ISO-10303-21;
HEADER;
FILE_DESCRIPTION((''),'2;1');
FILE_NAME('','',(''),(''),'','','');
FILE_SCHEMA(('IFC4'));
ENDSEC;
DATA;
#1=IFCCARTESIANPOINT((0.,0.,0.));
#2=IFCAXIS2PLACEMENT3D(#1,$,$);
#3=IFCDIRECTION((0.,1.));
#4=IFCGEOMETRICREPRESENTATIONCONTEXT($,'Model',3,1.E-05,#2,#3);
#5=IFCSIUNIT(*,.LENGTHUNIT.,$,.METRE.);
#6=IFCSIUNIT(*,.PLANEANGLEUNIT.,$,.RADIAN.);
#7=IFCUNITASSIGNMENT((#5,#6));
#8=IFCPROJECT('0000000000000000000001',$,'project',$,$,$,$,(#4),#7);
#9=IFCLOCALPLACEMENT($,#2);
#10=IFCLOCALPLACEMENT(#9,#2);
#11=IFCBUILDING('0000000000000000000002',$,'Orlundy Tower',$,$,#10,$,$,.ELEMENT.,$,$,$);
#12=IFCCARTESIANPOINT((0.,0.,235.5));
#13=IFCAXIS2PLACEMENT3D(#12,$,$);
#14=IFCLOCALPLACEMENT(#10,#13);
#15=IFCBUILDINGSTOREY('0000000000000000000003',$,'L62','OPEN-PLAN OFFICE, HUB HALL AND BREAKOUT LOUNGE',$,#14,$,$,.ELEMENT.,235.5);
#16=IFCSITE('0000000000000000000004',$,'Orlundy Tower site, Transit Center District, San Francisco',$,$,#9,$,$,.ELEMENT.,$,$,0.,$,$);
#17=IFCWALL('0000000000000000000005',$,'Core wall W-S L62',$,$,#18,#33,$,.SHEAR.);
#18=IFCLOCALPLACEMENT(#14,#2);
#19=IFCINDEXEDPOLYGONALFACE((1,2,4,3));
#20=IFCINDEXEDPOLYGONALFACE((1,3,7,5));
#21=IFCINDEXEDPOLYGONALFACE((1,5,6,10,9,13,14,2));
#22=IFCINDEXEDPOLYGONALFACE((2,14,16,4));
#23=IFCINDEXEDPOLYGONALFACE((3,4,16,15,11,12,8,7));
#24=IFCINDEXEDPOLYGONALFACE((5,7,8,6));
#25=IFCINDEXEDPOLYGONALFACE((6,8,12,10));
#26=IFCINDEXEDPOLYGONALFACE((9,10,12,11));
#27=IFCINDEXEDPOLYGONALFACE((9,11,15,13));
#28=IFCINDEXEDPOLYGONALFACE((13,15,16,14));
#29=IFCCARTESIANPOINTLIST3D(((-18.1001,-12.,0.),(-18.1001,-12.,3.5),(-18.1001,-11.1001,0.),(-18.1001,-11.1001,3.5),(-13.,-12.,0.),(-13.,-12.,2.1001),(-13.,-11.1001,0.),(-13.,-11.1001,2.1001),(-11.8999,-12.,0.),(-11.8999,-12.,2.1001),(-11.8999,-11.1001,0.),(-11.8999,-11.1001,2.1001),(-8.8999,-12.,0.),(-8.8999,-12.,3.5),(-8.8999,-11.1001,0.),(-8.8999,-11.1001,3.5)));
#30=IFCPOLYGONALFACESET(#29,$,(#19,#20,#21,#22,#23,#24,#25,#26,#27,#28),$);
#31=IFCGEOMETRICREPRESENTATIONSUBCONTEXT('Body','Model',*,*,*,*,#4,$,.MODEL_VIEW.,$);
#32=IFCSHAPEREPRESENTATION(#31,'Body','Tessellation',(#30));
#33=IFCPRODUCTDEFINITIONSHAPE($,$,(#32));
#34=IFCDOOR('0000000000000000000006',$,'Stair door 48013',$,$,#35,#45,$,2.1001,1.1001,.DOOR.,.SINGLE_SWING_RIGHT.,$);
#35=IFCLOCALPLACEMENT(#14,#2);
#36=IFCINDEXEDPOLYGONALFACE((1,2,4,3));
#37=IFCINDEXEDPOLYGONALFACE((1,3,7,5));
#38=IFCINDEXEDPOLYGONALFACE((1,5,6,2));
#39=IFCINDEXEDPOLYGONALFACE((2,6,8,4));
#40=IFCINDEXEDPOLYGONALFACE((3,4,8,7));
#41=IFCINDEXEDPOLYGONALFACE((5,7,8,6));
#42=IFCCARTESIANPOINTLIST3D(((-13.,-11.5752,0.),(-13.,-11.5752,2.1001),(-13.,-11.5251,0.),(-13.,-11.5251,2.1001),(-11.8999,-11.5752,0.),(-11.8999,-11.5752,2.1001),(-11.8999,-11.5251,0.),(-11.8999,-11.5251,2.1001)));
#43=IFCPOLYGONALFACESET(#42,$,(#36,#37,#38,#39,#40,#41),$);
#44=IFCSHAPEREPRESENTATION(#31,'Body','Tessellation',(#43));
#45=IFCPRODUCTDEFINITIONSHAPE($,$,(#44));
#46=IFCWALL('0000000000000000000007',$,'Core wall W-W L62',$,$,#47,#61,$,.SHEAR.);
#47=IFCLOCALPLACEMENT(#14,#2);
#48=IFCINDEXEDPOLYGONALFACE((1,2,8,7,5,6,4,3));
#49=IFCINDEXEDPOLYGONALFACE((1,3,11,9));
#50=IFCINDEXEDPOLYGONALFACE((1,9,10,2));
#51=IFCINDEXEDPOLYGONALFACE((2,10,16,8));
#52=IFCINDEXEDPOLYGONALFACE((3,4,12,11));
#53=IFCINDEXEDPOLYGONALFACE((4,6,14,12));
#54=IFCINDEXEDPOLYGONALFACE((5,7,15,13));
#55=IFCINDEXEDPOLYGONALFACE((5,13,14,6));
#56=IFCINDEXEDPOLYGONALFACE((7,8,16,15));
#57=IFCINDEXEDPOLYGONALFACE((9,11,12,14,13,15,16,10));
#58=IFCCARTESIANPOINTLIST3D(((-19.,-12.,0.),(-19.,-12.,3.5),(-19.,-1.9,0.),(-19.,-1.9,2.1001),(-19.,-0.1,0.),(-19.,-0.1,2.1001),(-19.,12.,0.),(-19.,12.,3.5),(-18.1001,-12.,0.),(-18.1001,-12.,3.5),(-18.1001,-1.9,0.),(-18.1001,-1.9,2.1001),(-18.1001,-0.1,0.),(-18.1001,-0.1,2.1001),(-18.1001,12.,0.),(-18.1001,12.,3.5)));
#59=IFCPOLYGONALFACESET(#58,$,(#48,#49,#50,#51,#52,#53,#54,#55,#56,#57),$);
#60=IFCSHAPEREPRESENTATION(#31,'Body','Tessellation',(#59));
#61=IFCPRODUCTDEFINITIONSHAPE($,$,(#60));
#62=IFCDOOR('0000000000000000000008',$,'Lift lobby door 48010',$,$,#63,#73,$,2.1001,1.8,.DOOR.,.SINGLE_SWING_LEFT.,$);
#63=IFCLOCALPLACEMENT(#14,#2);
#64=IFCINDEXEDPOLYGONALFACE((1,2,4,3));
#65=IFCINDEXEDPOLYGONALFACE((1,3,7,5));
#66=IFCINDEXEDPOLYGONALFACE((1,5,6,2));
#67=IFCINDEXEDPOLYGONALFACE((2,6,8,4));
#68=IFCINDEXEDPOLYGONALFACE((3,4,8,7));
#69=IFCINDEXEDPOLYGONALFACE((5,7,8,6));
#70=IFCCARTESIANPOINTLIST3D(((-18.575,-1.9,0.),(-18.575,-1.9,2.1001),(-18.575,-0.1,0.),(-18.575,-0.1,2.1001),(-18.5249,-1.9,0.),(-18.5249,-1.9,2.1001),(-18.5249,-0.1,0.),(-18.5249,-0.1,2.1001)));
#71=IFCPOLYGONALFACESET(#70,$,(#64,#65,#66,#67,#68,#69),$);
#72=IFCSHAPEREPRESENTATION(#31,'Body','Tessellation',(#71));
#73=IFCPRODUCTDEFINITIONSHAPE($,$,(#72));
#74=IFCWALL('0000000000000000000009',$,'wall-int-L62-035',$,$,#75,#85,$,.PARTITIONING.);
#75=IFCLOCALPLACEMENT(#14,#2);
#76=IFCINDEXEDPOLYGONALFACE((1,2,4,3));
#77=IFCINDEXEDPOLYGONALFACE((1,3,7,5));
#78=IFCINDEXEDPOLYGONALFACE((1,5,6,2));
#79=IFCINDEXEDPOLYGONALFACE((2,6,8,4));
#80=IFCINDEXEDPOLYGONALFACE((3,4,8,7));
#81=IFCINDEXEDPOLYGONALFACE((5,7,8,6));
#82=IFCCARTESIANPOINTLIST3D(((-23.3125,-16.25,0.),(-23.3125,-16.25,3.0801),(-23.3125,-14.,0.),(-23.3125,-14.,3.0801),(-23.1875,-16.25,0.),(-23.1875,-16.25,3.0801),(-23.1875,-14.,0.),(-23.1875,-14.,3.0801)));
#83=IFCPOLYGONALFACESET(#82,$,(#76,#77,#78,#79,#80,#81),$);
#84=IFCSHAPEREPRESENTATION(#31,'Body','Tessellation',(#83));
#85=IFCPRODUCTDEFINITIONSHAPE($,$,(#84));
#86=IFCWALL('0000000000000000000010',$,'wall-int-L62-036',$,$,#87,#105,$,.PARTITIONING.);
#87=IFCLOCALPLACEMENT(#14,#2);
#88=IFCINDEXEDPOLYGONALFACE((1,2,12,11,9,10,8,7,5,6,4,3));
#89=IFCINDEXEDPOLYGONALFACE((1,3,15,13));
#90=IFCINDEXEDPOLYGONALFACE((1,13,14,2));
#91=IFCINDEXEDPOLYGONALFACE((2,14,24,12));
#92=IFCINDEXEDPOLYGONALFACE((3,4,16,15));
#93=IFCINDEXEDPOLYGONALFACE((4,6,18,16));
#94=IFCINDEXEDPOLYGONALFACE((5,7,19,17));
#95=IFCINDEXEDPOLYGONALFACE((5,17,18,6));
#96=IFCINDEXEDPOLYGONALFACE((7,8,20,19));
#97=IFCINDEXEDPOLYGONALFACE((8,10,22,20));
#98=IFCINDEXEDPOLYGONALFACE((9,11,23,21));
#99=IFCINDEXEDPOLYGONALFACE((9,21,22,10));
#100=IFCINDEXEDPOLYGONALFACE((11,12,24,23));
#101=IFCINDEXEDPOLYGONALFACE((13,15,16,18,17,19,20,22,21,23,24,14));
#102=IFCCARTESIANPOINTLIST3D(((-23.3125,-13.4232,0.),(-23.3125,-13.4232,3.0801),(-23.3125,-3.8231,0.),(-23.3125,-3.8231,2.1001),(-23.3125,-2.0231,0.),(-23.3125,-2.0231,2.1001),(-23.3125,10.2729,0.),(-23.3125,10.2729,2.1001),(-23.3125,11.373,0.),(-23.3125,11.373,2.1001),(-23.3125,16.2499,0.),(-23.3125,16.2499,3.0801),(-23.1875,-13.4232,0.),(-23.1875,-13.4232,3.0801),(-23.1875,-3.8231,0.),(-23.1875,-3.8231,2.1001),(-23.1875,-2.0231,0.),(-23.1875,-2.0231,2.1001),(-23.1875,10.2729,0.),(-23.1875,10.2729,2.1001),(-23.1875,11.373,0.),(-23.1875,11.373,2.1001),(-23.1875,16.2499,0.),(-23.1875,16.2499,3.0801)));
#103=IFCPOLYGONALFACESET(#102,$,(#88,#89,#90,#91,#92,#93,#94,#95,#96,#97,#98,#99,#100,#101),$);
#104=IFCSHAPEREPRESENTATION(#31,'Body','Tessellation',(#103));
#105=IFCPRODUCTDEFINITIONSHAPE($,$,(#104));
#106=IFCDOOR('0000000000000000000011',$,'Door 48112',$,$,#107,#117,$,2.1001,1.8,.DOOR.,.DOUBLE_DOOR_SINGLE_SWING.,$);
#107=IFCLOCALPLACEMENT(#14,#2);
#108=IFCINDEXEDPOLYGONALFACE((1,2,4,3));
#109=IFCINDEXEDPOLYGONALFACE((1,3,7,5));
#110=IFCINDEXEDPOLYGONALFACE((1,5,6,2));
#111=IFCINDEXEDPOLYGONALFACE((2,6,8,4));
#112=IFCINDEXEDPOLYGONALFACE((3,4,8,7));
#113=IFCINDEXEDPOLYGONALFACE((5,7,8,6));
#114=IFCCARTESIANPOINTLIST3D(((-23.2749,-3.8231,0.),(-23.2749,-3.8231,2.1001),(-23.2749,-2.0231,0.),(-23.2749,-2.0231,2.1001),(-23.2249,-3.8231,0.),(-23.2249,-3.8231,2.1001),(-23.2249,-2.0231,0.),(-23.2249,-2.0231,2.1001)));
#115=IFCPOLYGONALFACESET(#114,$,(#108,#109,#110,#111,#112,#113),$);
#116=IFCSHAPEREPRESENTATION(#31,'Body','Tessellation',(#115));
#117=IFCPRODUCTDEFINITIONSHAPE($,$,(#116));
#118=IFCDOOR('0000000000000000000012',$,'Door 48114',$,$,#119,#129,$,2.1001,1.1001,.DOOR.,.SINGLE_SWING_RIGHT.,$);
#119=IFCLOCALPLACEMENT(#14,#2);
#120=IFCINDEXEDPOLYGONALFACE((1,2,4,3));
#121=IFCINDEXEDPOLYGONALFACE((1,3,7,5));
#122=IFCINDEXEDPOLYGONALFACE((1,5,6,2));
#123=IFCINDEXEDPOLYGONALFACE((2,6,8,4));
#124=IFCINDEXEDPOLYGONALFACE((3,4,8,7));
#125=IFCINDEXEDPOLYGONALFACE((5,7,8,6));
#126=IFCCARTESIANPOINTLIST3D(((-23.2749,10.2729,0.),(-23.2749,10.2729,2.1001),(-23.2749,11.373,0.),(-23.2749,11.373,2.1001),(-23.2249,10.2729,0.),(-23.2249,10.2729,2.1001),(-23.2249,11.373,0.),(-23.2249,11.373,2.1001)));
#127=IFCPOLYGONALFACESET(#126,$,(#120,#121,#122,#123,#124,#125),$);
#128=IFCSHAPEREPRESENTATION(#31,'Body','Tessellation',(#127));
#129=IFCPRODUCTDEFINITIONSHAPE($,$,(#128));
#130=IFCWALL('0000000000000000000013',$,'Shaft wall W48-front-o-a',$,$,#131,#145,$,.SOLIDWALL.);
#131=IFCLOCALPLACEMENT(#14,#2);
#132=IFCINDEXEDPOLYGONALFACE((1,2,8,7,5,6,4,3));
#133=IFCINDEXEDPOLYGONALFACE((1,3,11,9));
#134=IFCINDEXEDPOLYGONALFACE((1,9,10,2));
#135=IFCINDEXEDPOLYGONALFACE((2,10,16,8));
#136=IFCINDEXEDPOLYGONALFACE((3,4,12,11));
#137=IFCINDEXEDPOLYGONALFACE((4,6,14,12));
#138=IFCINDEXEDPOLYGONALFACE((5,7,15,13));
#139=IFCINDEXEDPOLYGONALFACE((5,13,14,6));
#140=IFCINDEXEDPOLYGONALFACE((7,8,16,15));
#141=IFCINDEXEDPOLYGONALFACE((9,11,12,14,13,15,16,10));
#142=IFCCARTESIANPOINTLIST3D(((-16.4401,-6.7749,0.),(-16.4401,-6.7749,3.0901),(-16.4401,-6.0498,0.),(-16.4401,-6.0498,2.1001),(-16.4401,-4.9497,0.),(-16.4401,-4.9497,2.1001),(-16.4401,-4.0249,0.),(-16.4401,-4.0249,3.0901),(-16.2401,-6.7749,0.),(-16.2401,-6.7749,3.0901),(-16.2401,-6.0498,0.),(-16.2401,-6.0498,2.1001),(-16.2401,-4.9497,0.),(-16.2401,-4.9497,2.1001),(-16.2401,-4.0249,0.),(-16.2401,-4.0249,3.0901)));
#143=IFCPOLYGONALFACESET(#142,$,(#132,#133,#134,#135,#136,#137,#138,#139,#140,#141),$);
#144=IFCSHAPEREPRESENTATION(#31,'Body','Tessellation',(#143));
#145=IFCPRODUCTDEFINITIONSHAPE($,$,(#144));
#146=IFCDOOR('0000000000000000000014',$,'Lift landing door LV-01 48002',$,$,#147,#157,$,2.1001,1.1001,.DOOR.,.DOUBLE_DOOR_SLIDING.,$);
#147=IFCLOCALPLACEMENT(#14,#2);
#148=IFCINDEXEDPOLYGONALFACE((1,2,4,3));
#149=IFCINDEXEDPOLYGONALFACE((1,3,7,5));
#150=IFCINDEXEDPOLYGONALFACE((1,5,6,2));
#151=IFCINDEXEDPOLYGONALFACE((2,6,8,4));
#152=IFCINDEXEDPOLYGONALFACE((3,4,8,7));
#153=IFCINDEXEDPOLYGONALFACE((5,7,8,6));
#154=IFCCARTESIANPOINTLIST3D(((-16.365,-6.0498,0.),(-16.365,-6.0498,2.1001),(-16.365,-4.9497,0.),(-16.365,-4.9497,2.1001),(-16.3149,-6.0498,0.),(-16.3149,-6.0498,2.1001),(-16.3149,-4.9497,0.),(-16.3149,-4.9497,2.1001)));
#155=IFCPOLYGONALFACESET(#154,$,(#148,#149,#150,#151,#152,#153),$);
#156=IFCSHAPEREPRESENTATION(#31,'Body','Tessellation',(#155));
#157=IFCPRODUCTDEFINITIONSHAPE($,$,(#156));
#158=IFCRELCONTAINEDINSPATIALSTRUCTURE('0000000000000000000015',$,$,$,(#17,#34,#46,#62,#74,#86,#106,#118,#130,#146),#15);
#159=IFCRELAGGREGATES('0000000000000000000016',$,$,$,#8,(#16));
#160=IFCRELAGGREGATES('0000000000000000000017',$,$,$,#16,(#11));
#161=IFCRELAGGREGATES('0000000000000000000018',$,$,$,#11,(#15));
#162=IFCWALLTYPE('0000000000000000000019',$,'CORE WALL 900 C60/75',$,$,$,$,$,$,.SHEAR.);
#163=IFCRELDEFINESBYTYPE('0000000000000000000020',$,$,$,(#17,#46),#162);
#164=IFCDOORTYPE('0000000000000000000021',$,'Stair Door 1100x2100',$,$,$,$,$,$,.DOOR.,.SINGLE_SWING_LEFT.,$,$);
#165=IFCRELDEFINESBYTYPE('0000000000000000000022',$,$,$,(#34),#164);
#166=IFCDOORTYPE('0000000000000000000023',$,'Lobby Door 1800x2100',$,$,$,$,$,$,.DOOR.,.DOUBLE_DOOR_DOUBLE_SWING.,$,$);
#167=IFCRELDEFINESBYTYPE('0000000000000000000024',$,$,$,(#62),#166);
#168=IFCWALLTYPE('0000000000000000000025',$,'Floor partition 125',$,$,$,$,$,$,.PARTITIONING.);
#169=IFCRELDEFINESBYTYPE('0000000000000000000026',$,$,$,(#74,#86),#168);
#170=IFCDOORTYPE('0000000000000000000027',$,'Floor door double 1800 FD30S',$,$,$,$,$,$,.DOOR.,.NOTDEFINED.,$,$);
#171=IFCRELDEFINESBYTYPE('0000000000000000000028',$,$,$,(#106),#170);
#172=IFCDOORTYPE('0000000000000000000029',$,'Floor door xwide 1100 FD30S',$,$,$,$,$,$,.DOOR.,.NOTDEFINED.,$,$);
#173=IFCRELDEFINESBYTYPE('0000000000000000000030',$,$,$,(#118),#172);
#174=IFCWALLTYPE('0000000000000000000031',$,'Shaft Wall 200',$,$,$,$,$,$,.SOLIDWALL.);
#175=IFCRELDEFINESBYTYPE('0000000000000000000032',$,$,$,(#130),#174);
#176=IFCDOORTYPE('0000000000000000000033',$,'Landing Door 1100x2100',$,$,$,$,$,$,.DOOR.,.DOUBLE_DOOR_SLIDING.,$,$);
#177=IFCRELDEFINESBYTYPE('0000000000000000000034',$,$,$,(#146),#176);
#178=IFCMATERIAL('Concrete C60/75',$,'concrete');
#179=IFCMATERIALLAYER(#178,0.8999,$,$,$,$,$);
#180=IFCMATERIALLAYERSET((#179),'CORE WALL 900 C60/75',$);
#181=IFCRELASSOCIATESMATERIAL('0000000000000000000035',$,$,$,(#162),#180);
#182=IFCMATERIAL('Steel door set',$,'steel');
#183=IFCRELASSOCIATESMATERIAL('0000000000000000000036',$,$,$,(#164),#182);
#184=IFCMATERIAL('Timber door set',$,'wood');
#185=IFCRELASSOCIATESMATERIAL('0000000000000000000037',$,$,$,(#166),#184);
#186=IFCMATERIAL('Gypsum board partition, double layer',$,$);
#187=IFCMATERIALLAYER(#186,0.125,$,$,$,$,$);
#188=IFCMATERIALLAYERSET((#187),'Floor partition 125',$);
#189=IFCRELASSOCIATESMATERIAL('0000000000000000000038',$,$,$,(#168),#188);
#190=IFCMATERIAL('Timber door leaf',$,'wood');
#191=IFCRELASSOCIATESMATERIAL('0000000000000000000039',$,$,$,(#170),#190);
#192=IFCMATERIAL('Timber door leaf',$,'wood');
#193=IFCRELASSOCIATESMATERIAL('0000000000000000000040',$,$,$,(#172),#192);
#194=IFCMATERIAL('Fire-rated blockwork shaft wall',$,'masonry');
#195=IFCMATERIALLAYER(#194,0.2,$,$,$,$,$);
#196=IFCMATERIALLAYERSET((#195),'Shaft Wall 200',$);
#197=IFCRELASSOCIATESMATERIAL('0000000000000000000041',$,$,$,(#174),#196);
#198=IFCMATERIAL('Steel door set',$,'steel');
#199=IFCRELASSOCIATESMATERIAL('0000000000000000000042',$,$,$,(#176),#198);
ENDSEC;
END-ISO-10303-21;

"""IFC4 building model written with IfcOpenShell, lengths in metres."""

from ifc_helpers import new_model, si_unit, direction, frame, frame_2d, origin, place, context, subcontext, project, spatial, rectangle, extrude, material, layer, layer_set, type_object, element, fill, save


model = new_model("IFC4")

# Units and contexts
model_context = context("Model", 3, precision=1e-05, world=origin(), true_north=direction((0.0, 1.0)))
body_context = subcontext(model_context, "Body", "Model", "MODEL_VIEW")
ifc_project = project(units=[si_unit("LENGTHUNIT", "METRE"), si_unit("PLANEANGLEUNIT", "RADIAN")], contexts=[model_context])

# Site, building, storey
site_placement = place(None, origin())
site = spatial("IfcSite", under=ifc_project, at=site_placement, Name="Orlundy Tower site, Transit Center District, San Francisco", CompositionType="ELEMENT", RefElevation=0.0)
building_placement = place(site_placement, origin())
building = spatial("IfcBuilding", under=site, at=building_placement, Name="Orlundy Tower", CompositionType="ELEMENT")
storey_placement = place(building_placement, frame((0.0, 0.0, 235.5)))
storey = spatial("IfcBuildingStorey", under=building, at=storey_placement, Name="L62", Description="OPEN-PLAN OFFICE, HUB HALL AND BREAKOUT LOUNGE", CompositionType="ELEMENT", Elevation=235.5)

# Walls, openings, doors
ifc_material_1 = material(Name="Concrete C60/75", Category="concrete")
ifc_layer_1 = layer(ifc_material_1, 0.8999)
ifc_layer_set_1 = layer_set([ifc_layer_1], Name="CORE WALL 900 C60/75")
wall_type_1 = type_object("IfcWallType", Name="CORE WALL 900 C60/75", PredefinedType="SHEAR", material=ifc_layer_set_1)
wall_1_placement = place(storey_placement, frame((-18.1001, -11.55, 0.0), z_axis=(0.0, 0.0, 1.0), x_axis=(1.0, 0.0, 0.0)))
wall_1 = element("IfcWall", 1, at=wall_1_placement, inside=storey, type_object=wall_type_1, Name="Core wall W-S L62", PredefinedType="SHEAR", context=body_context, shape_type="SweptSolid", body=[
    extrude(rectangle(XDim=9.2002, YDim=0.8999, at=frame_2d((4.6001, 0.0))), origin(), (0.0, 0.0, 1.0), 3.5),
])
opening_1_placement = place(wall_1_placement, frame((5.1001, 0.0, 0.0)))
opening_1 = element("IfcOpeningElement", 2, at=opening_1_placement, cuts=wall_1, PredefinedType="OPENING", context=body_context, shape_type="SweptSolid", body=[
    extrude(rectangle(XDim=1.1001, YDim=2.1001, at=frame_2d((0.55, 1.05))), frame((0.0, 0.46, 0.0), z_axis=(0.0, -1.0, 0.0), x_axis=(1.0, 0.0, 0.0)), (0.0, 0.0, 1.0), 0.9199),
])
ifc_material_2 = material(Name="Steel door set", Category="steel")
door_type_1 = type_object("IfcDoorType", Name="Stair Door 1100x2100", OperationType="SINGLE_SWING_LEFT", PredefinedType="DOOR", material=ifc_material_2)
door_1_placement = place(opening_1_placement, origin())
door_1 = element("IfcDoor", 3, at=door_1_placement, inside=storey, type_object=door_type_1, Name="Stair door 48013", OperationType="SINGLE_SWING_RIGHT", OverallHeight=2.1001, OverallWidth=1.1001, PredefinedType="DOOR", context=body_context, shape_type="SweptSolid", body=[
    extrude(rectangle(XDim=1.1001, YDim=2.1001, at=frame_2d((0.55, 1.05))), frame((0.0, 0.0249, 0.0), z_axis=(0.0, -1.0, 0.0), x_axis=(1.0, 0.0, 0.0)), (0.0, 0.0, 1.0), 0.05),
])
fill(opening_1, door_1)
wall_2_placement = place(storey_placement, frame((-18.55, -12.0, 0.0), z_axis=(0.0, 0.0, 1.0), x_axis=(0.0, 1.0, 0.0)))
wall_2 = element("IfcWall", 4, at=wall_2_placement, inside=storey, type_object=wall_type_1, Name="Core wall W-W L62", PredefinedType="SHEAR", context=body_context, shape_type="SweptSolid", body=[
    extrude(rectangle(XDim=24.0, YDim=0.8999, at=frame_2d((12.0, 0.0))), origin(), (0.0, 0.0, 1.0), 3.5),
])
opening_2_placement = place(wall_2_placement, frame((10.1001, 0.0, 0.0)))
opening_2 = element("IfcOpeningElement", 5, at=opening_2_placement, cuts=wall_2, PredefinedType="OPENING", context=body_context, shape_type="SweptSolid", body=[
    extrude(rectangle(XDim=1.8, YDim=2.1001, at=frame_2d((0.8999, 1.05))), frame((0.0, 0.46, 0.0), z_axis=(0.0, -1.0, 0.0), x_axis=(1.0, 0.0, 0.0)), (0.0, 0.0, 1.0), 0.9199),
])
ifc_material_3 = material(Name="Timber door set", Category="wood")
door_type_2 = type_object("IfcDoorType", Name="Lobby Door 1800x2100", OperationType="DOUBLE_DOOR_DOUBLE_SWING", PredefinedType="DOOR", material=ifc_material_3)
door_2_placement = place(opening_2_placement, origin())
door_2 = element("IfcDoor", 6, at=door_2_placement, inside=storey, type_object=door_type_2, Name="Lift lobby door 48010", OperationType="SINGLE_SWING_LEFT", OverallHeight=2.1001, OverallWidth=1.8, PredefinedType="DOOR", context=body_context, shape_type="SweptSolid", body=[
    extrude(rectangle(XDim=1.8, YDim=2.1001, at=frame_2d((0.8999, 1.05))), frame((0.0, 0.0249, 0.0), z_axis=(0.0, -1.0, 0.0), x_axis=(1.0, 0.0, 0.0)), (0.0, 0.0, 1.0), 0.05),
])
fill(opening_2, door_2)

# Wall
ifc_material_4 = material(Name="Gypsum board partition, double layer")
ifc_layer_2 = layer(ifc_material_4, 0.125)
ifc_layer_set_2 = layer_set([ifc_layer_2], Name="Floor partition 125")
wall_type_2 = type_object("IfcWallType", Name="Floor partition 125", PredefinedType="PARTITIONING", material=ifc_layer_set_2)
wall_3_placement = place(storey_placement, frame((-23.25, -16.25, 0.0), z_axis=(0.0, 0.0, 1.0), x_axis=(0.0, 1.0, 0.0)))
element("IfcWall", 7, at=wall_3_placement, inside=storey, type_object=wall_type_2, Name="wall-int-L62-035", PredefinedType="PARTITIONING", context=body_context, shape_type="SweptSolid", body=[
    extrude(rectangle(XDim=2.25, YDim=0.125, at=frame_2d((1.125, 0.0))), origin(), (0.0, 0.0, 1.0), 3.0801),
])

# Wall, openings, doors
wall_4_placement = place(storey_placement, frame((-23.25, -13.4231, 0.0), z_axis=(0.0, 0.0, 1.0), x_axis=(0.0, 1.0, 0.0)))
wall_4 = element("IfcWall", 8, at=wall_4_placement, inside=storey, type_object=wall_type_2, Name="wall-int-L62-036", PredefinedType="PARTITIONING", context=body_context, shape_type="SweptSolid", body=[
    extrude(rectangle(XDim=29.6731, YDim=0.125, at=frame_2d((14.8364, 0.0))), origin(), (0.0, 0.0, 1.0), 3.0801),
])
opening_3_placement = place(wall_4_placement, frame((9.6001, 0.0, 0.0)))
opening_3 = element("IfcOpeningElement", 9, at=opening_3_placement, cuts=wall_4, PredefinedType="OPENING", context=body_context, shape_type="SweptSolid", body=[
    extrude(rectangle(XDim=1.8, YDim=2.1001, at=frame_2d((0.8999, 1.05))), frame((0.0, 0.0725, 0.0), z_axis=(0.0, -1.0, 0.0), x_axis=(1.0, 0.0, 0.0)), (0.0, 0.0, 1.0), 0.145),
])
opening_4_placement = place(wall_4_placement, frame((23.696, 0.0, 0.0)))
opening_4 = element("IfcOpeningElement", 10, at=opening_4_placement, cuts=wall_4, PredefinedType="OPENING", context=body_context, shape_type="SweptSolid", body=[
    extrude(rectangle(XDim=1.1001, YDim=2.1001, at=frame_2d((0.55, 1.05))), frame((0.0, 0.0725, 0.0), z_axis=(0.0, -1.0, 0.0), x_axis=(1.0, 0.0, 0.0)), (0.0, 0.0, 1.0), 0.145),
])
ifc_material_5 = material(Name="Timber door leaf", Category="wood")
door_type_3 = type_object("IfcDoorType", Name="Floor door double 1800 FD30S", OperationType="NOTDEFINED", PredefinedType="DOOR", material=ifc_material_5)
door_3_placement = place(opening_3_placement, origin())
door_3 = element("IfcDoor", 11, at=door_3_placement, inside=storey, type_object=door_type_3, Name="Door 48112", OperationType="DOUBLE_DOOR_SINGLE_SWING", OverallHeight=2.1001, OverallWidth=1.8, PredefinedType="DOOR", context=body_context, shape_type="SweptSolid", body=[
    extrude(rectangle(XDim=1.8, YDim=2.1001, at=frame_2d((0.8999, 1.05))), frame((0.0, 0.0249, 0.0), z_axis=(0.0, -1.0, 0.0), x_axis=(1.0, 0.0, 0.0)), (0.0, 0.0, 1.0), 0.05),
])
fill(opening_3, door_3)
ifc_material_6 = material(Name="Timber door leaf", Category="wood")
door_type_4 = type_object("IfcDoorType", Name="Floor door xwide 1100 FD30S", OperationType="NOTDEFINED", PredefinedType="DOOR", material=ifc_material_6)
door_4_placement = place(opening_4_placement, origin())
door_4 = element("IfcDoor", 12, at=door_4_placement, inside=storey, type_object=door_type_4, Name="Door 48114", OperationType="SINGLE_SWING_RIGHT", OverallHeight=2.1001, OverallWidth=1.1001, PredefinedType="DOOR", context=body_context, shape_type="SweptSolid", body=[
    extrude(rectangle(XDim=1.1001, YDim=2.1001, at=frame_2d((0.55, 1.05))), frame((0.0, 0.0249, 0.0), z_axis=(0.0, -1.0, 0.0), x_axis=(1.0, 0.0, 0.0)), (0.0, 0.0, 1.0), 0.05),
])
fill(opening_4, door_4)

# Wall, opening, door
ifc_material_7 = material(Name="Fire-rated blockwork shaft wall", Category="masonry")
ifc_layer_3 = layer(ifc_material_7, 0.2)
ifc_layer_set_3 = layer_set([ifc_layer_3], Name="Shaft Wall 200")
wall_type_3 = type_object("IfcWallType", Name="Shaft Wall 200", PredefinedType="SOLIDWALL", material=ifc_layer_set_3)
wall_5_placement = place(storey_placement, frame((-16.3401, -6.7749, 0.0), z_axis=(0.0, 0.0, 1.0), x_axis=(0.0, 1.0, 0.0)))
wall_5 = element("IfcWall", 13, at=wall_5_placement, inside=storey, type_object=wall_type_3, Name="Shaft wall W48-front-o-a", PredefinedType="SOLIDWALL", context=body_context, shape_type="SweptSolid", body=[
    extrude(rectangle(XDim=2.75, YDim=0.2, at=frame_2d((1.375, 0.0))), origin(), (0.0, 0.0, 1.0), 3.0901),
])
opening_5_placement = place(wall_5_placement, frame((0.7251, 0.0, 0.0)))
opening_5 = element("IfcOpeningElement", 14, at=opening_5_placement, cuts=wall_5, PredefinedType="OPENING", context=body_context, shape_type="SweptSolid", body=[
    extrude(rectangle(XDim=1.1001, YDim=2.1001, at=frame_2d((0.55, 1.05))), frame((0.0, 0.1101, 0.0), z_axis=(0.0, -1.0, 0.0), x_axis=(1.0, 0.0, 0.0)), (0.0, 0.0, 1.0), 0.2202),
])
ifc_material_8 = material(Name="Steel door set", Category="steel")
door_type_5 = type_object("IfcDoorType", Name="Landing Door 1100x2100", OperationType="DOUBLE_DOOR_SLIDING", PredefinedType="DOOR", material=ifc_material_8)
door_5_placement = place(opening_5_placement, origin())
door_5 = element("IfcDoor", 15, at=door_5_placement, inside=storey, type_object=door_type_5, Name="Lift landing door LV-01 48002", OperationType="DOUBLE_DOOR_SLIDING", OverallHeight=2.1001, OverallWidth=1.1001, PredefinedType="DOOR", context=body_context, shape_type="SweptSolid", body=[
    extrude(rectangle(XDim=1.1001, YDim=2.1001, at=frame_2d((0.55, 1.05))), frame((0.0, 0.0249, 0.0), z_axis=(0.0, -1.0, 0.0), x_axis=(1.0, 0.0, 0.0)), (0.0, 0.0, 1.0), 0.05),
])
fill(opening_5, door_5)

save(model, "model.ifc")
